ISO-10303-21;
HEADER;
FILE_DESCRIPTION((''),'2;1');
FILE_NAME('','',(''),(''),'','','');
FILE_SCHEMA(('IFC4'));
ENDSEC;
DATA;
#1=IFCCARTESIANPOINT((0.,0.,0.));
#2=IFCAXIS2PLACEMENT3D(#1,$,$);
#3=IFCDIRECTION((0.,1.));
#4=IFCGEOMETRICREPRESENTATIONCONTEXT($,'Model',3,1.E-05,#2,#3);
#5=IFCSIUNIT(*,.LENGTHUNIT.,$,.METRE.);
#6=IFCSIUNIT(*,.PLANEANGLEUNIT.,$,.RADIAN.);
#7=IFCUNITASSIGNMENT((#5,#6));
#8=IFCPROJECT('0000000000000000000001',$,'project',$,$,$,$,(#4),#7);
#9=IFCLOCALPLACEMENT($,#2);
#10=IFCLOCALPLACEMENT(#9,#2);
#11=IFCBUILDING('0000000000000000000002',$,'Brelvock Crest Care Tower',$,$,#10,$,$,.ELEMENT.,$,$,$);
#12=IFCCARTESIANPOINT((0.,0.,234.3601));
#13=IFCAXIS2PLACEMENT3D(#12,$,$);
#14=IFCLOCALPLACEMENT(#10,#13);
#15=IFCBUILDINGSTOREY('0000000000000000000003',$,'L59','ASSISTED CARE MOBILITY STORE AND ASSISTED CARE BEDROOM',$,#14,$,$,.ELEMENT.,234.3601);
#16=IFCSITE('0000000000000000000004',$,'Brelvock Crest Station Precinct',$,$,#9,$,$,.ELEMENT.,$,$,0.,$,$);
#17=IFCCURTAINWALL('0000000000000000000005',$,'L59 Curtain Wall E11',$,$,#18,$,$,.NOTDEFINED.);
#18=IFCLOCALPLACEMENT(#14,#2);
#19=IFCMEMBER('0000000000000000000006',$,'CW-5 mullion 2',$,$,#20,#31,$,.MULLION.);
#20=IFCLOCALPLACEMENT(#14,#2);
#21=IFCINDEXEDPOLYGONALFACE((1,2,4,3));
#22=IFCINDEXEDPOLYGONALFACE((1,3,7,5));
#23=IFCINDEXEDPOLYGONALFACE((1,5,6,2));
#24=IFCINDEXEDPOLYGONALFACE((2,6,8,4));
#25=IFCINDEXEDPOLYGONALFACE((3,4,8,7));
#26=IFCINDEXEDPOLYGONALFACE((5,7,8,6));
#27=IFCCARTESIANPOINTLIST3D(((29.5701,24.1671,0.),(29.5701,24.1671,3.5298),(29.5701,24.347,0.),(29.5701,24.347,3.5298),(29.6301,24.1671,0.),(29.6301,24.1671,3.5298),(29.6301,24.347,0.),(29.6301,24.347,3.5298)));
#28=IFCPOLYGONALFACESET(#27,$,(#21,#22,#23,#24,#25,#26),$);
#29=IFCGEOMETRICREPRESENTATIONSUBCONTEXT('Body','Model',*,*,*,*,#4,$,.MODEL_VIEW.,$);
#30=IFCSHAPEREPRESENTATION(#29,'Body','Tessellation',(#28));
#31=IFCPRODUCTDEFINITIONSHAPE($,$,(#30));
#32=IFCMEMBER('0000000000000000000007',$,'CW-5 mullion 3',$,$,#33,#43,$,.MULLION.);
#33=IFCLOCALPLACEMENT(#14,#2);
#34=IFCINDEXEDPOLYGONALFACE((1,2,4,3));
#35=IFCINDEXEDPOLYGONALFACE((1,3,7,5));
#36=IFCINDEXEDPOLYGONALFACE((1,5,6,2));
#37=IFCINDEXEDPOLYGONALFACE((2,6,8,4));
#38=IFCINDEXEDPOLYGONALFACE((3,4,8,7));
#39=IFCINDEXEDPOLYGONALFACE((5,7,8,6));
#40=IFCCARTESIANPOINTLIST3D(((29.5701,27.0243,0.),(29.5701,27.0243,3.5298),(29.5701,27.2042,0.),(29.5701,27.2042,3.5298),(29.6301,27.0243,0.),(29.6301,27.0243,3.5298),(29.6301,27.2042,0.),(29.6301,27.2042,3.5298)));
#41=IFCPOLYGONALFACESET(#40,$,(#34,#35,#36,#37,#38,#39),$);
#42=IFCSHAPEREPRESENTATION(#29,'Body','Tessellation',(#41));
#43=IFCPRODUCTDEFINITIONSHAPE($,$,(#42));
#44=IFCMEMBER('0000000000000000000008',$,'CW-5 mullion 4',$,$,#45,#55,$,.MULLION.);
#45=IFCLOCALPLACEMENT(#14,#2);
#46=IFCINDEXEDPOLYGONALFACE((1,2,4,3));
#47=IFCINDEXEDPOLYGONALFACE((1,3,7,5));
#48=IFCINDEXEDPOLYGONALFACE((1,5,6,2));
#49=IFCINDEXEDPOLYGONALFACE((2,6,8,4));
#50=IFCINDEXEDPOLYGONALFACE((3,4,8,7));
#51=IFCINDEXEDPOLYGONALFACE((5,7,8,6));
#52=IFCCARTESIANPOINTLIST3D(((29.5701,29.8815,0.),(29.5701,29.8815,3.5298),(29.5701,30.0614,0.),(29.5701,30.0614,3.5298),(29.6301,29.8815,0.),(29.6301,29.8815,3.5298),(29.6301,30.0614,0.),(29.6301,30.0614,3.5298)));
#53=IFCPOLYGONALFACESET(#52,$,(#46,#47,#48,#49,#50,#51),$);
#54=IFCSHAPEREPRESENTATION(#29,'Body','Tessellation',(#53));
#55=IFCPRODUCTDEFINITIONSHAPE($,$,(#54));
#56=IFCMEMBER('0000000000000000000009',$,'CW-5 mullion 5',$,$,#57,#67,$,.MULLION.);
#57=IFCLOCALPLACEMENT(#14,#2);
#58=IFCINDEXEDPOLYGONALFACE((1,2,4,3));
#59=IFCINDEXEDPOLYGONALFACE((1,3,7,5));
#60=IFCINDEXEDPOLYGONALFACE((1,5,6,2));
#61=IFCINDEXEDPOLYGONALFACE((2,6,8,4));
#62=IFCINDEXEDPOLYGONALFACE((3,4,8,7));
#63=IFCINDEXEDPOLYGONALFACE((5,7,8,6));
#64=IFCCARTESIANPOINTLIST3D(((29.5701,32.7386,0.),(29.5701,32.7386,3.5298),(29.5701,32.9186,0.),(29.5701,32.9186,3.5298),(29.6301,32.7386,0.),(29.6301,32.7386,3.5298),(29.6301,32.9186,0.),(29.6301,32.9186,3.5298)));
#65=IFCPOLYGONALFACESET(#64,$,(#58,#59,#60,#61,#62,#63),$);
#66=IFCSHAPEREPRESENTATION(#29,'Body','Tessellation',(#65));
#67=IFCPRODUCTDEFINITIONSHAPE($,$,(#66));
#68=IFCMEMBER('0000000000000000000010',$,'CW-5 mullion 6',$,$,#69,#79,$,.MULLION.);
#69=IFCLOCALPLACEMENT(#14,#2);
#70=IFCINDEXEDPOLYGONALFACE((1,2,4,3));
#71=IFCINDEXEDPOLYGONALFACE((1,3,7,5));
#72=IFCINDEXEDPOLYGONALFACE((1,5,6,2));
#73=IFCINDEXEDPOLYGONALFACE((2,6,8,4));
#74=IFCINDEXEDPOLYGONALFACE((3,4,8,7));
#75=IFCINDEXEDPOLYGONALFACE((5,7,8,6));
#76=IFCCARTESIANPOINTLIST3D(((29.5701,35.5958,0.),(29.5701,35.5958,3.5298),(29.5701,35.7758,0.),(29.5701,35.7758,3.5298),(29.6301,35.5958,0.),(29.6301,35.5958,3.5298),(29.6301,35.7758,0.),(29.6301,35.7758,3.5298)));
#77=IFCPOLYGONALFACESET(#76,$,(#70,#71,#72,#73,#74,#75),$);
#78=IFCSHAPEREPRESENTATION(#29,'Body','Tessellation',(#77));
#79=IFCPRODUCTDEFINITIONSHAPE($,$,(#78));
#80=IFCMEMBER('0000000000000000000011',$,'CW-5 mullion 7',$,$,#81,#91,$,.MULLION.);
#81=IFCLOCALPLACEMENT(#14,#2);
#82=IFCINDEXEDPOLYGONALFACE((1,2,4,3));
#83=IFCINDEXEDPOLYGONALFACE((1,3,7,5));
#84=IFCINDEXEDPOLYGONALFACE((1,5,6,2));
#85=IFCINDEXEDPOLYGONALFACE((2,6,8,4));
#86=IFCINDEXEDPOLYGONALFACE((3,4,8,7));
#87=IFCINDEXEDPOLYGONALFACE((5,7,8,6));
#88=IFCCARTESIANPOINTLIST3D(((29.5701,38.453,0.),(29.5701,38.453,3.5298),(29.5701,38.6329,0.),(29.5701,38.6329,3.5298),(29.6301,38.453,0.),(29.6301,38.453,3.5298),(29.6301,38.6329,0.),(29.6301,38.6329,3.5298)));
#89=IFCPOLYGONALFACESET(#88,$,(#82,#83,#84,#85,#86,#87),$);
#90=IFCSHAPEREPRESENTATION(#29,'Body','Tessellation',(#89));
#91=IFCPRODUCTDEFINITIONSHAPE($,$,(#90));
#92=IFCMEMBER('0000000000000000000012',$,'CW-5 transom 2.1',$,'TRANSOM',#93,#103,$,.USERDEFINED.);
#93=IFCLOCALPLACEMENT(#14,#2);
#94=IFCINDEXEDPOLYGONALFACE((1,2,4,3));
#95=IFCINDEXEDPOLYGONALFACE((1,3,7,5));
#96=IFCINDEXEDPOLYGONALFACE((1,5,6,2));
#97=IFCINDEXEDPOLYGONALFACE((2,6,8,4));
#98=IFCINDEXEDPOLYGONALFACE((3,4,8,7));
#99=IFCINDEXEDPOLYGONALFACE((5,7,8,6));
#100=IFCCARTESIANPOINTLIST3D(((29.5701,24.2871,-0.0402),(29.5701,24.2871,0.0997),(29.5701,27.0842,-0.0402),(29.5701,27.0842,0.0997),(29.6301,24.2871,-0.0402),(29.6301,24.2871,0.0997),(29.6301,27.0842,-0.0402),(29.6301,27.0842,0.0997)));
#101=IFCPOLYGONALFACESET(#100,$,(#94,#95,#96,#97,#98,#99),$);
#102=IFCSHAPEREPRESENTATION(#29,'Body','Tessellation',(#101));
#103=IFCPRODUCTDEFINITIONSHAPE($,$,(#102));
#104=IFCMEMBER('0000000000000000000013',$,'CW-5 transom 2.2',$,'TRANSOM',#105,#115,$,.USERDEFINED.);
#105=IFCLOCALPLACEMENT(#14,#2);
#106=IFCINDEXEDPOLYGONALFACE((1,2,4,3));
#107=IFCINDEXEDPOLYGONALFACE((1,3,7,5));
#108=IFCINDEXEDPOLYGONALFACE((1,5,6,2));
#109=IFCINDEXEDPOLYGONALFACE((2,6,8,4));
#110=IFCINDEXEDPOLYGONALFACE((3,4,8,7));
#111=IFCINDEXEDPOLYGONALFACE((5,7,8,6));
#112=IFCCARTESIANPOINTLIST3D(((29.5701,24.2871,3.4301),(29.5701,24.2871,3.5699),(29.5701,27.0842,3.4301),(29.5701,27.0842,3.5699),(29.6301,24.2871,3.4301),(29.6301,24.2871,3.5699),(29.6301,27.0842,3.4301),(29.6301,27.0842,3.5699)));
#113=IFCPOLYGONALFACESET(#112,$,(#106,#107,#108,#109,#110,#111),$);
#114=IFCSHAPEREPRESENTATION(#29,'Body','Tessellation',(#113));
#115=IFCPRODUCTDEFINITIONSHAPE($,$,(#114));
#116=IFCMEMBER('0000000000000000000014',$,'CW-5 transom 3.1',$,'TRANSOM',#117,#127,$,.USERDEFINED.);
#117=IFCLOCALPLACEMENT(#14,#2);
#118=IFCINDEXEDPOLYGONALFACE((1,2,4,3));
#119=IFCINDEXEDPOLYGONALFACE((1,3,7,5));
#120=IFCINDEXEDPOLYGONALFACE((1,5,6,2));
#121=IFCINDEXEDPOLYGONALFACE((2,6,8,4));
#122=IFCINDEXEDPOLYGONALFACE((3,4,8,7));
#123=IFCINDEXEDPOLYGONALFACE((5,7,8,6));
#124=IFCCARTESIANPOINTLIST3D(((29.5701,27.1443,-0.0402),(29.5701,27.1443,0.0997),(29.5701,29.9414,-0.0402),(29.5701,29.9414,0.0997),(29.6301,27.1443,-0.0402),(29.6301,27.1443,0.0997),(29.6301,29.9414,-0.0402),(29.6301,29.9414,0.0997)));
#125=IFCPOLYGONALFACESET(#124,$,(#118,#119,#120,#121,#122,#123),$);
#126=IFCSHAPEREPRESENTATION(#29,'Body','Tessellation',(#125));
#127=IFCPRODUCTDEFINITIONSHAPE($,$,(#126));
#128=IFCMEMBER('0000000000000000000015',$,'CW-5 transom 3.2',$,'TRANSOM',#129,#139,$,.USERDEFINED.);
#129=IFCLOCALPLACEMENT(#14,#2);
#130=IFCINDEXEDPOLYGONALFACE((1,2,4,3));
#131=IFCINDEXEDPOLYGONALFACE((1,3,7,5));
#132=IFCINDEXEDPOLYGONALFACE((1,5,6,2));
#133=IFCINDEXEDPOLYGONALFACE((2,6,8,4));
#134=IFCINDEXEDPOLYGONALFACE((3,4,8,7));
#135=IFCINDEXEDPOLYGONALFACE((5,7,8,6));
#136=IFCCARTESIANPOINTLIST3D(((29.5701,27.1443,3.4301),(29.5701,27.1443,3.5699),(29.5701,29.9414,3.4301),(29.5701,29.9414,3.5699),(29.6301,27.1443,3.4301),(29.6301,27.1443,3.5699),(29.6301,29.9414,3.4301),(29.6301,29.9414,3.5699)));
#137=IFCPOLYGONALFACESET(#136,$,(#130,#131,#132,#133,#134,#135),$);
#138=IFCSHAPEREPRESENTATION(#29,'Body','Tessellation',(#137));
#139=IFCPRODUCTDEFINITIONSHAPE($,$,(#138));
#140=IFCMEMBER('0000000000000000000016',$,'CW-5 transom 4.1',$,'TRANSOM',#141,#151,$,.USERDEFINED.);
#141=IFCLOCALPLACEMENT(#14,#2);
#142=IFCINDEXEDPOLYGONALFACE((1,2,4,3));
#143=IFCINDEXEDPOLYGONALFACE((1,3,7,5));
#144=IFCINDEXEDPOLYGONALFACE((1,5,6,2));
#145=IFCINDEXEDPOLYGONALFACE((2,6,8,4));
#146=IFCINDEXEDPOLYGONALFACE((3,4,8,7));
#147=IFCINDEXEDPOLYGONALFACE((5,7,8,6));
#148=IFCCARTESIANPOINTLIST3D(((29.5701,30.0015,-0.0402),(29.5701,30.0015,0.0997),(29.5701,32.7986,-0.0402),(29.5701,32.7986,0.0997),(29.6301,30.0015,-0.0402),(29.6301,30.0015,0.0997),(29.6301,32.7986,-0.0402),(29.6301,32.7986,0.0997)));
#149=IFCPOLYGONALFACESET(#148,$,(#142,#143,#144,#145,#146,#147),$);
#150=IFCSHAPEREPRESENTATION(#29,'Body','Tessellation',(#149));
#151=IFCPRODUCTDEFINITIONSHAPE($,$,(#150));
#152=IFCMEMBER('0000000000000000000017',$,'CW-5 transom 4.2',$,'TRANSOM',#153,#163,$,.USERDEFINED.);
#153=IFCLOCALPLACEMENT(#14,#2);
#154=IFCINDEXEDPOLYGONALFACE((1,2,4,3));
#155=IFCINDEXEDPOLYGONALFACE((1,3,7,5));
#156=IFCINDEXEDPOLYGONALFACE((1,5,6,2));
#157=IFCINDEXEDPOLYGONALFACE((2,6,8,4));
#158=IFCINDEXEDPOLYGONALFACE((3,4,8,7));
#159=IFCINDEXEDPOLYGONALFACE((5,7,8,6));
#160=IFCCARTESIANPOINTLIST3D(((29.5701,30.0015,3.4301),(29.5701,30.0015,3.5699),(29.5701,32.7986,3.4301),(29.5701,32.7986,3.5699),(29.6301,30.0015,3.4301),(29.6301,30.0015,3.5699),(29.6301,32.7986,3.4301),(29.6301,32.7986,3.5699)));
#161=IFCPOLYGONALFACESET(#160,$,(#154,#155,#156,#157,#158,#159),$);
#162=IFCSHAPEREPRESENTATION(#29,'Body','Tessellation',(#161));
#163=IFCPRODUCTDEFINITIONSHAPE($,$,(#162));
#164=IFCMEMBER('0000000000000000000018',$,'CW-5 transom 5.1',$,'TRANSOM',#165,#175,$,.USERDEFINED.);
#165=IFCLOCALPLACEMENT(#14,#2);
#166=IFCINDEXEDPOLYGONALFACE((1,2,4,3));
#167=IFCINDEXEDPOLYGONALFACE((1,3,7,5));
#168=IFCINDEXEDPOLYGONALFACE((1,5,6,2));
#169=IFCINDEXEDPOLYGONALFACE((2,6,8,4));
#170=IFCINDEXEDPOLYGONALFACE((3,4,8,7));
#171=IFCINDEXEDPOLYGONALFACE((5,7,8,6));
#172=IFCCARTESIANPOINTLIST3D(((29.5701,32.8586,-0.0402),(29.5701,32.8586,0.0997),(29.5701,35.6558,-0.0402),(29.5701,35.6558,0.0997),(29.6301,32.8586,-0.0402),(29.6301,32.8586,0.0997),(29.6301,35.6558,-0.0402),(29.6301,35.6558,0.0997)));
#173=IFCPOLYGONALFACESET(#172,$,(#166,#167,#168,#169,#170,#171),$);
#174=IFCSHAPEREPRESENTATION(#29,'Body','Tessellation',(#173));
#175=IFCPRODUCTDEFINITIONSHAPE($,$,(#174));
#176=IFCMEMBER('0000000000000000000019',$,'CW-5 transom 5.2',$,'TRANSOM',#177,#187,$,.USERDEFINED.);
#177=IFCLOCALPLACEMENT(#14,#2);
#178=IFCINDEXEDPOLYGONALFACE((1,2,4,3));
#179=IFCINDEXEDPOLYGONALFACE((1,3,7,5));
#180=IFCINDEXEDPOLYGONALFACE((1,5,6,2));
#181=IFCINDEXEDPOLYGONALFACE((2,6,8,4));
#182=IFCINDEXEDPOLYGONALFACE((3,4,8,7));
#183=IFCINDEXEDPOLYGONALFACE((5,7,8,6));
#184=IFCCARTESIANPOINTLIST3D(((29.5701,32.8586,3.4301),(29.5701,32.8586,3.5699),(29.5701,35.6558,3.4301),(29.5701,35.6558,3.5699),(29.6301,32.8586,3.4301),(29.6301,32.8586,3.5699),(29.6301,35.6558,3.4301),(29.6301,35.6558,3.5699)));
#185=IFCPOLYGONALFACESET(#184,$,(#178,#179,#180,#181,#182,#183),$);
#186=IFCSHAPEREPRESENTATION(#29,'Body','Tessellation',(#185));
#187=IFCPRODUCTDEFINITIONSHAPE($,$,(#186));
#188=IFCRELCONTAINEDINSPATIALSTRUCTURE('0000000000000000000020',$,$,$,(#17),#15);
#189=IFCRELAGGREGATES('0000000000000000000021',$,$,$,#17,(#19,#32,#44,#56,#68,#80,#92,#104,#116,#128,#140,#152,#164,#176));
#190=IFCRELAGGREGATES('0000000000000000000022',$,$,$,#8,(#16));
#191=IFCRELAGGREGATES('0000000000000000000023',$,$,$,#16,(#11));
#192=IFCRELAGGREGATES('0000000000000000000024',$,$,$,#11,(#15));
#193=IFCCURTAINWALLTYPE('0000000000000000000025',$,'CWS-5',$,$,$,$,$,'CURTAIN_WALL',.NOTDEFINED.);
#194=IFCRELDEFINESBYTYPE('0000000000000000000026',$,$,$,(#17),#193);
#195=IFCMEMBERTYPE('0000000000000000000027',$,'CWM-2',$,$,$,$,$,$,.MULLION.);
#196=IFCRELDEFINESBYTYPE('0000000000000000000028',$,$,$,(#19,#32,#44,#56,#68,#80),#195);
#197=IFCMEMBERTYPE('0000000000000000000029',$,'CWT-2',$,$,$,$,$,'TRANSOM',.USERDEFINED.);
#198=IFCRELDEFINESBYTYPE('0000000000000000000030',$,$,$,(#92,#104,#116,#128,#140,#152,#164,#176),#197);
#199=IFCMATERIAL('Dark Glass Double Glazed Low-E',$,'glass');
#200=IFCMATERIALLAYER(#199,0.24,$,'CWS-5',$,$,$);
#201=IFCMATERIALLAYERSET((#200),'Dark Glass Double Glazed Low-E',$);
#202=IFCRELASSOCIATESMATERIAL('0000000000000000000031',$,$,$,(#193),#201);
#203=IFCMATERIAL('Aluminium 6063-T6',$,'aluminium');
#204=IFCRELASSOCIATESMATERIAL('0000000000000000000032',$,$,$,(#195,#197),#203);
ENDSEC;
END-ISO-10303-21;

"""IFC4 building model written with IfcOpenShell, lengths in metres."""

from ifc_helpers import new_model, si_unit, direction, frame, origin, origin_2d, place, context, subcontext, project, spatial, rectangle, extrude, source, transform, mapped, material, layer, layer_set, material_profile, profile_set, type_object, element, aggregate, save


model = new_model("IFC4")

# Units and contexts
model_context = context("Model", 3, precision=1e-05, world=origin(), true_north=direction((0.0, 1.0)))
body_context = subcontext(model_context, "Body", "Model", "MODEL_VIEW")
ifc_project = project(units=[si_unit("LENGTHUNIT", "METRE"), si_unit("PLANEANGLEUNIT", "RADIAN")], contexts=[model_context])

# Site, building, storey
site_placement = place(None, origin())
site = spatial("IfcSite", under=ifc_project, at=site_placement, Name="Brelvock Crest Station Precinct", CompositionType="ELEMENT", RefElevation=0.0)
building_placement = place(site_placement, origin())
building = spatial("IfcBuilding", under=site, at=building_placement, Name="Brelvock Crest Care Tower", CompositionType="ELEMENT")
storey_placement = place(building_placement, frame((0.0, 0.0, 234.3601)))
storey = spatial("IfcBuildingStorey", under=building, at=storey_placement, Name="L59", Description="ASSISTED CARE MOBILITY STORE AND ASSISTED CARE BEDROOM", CompositionType="ELEMENT", Elevation=234.3601)

# Curtain wall, members
ifc_material_1 = material(Name="Dark Glass Double Glazed Low-E", Category="glass")
ifc_layer_1 = layer(ifc_material_1, 0.24, Name="CWS-5")
ifc_layer_set_1 = layer_set([ifc_layer_1], Name="Dark Glass Double Glazed Low-E")
curtain_wall_type = type_object("IfcCurtainWallType", Name="CWS-5", ElementType="CURTAIN_WALL", PredefinedType="NOTDEFINED", material=ifc_layer_set_1)
curtain_wall_placement = place(storey_placement, origin())
curtain_wall = element("IfcCurtainWall", 1, at=curtain_wall_placement, inside=storey, type_object=curtain_wall_type, Name="L59 Curtain Wall E11", PredefinedType="NOTDEFINED")
ifc_material_2 = material(Name="Aluminium 6063-T6", Category="aluminium")
ifc_material_profile_1 = material_profile(ifc_material_2, rectangle(XDim=0.0601, YDim=0.1799, at=origin_2d()), Name="ALU60x180")
ifc_profile_set_1 = profile_set([ifc_material_profile_1], Name="Aluminium 6063-T6")
member_type_1 = type_object("IfcMemberType", Name="CWM-2", PredefinedType="MULLION", material=ifc_profile_set_1)
shared_shape_1 = source(origin(), body_context, "Body", "SweptSolid", [
    extrude(rectangle(XDim=0.0601, YDim=0.1799, at=origin_2d()), origin(), (0.0, 0.0, 1.0), 3.5298),
])
member_1_placement = place(storey_placement, frame((29.6001, 24.2571, 0.0), z_axis=(0.0, 0.0, 1.0), x_axis=(-1.0, 0.0, 0.0)))
member_1 = element("IfcMember", 2, at=member_1_placement, type_object=member_type_1, Name="CW-5 mullion 2", PredefinedType="MULLION", context=body_context, shape_type="MappedRepresentation", body=[
    mapped(shared_shape_1, transform((0.0, 0.0, 0.0), x_axis=(1.0, 0.0, 0.0), y_axis=(0.0, 1.0, 0.0), z_axis=(0.0, 0.0, 1.0), scale=1.0)),
])
member_2_placement = place(storey_placement, frame((29.6001, 27.1143, 0.0), z_axis=(0.0, 0.0, 1.0), x_axis=(-1.0, 0.0, 0.0)))
member_2 = element("IfcMember", 3, at=member_2_placement, type_object=member_type_1, Name="CW-5 mullion 3", PredefinedType="MULLION", context=body_context, shape_type="MappedRepresentation", body=[
    mapped(shared_shape_1, transform((0.0, 0.0, 0.0), x_axis=(1.0, 0.0, 0.0), y_axis=(0.0, 1.0, 0.0), z_axis=(0.0, 0.0, 1.0), scale=1.0)),
])
member_3_placement = place(storey_placement, frame((29.6001, 29.9714, 0.0), z_axis=(0.0, 0.0, 1.0), x_axis=(-1.0, 0.0, 0.0)))
member_3 = element("IfcMember", 4, at=member_3_placement, type_object=member_type_1, Name="CW-5 mullion 4", PredefinedType="MULLION", context=body_context, shape_type="MappedRepresentation", body=[
    mapped(shared_shape_1, transform((0.0, 0.0, 0.0), x_axis=(1.0, 0.0, 0.0), y_axis=(0.0, 1.0, 0.0), z_axis=(0.0, 0.0, 1.0), scale=1.0)),
])
member_4_placement = place(storey_placement, frame((29.6001, 32.8286, 0.0), z_axis=(0.0, 0.0, 1.0), x_axis=(-1.0, 0.0, 0.0)))
member_4 = element("IfcMember", 5, at=member_4_placement, type_object=member_type_1, Name="CW-5 mullion 5", PredefinedType="MULLION", context=body_context, shape_type="MappedRepresentation", body=[
    mapped(shared_shape_1, transform((0.0, 0.0, 0.0), x_axis=(1.0, 0.0, 0.0), y_axis=(0.0, 1.0, 0.0), z_axis=(0.0, 0.0, 1.0), scale=1.0)),
])
member_5_placement = place(storey_placement, frame((29.6001, 35.6858, 0.0), z_axis=(0.0, 0.0, 1.0), x_axis=(-1.0, 0.0, 0.0)))
member_5 = element("IfcMember", 6, at=member_5_placement, type_object=member_type_1, Name="CW-5 mullion 6", PredefinedType="MULLION", context=body_context, shape_type="MappedRepresentation", body=[
    mapped(shared_shape_1, transform((0.0, 0.0, 0.0), x_axis=(1.0, 0.0, 0.0), y_axis=(0.0, 1.0, 0.0), z_axis=(0.0, 0.0, 1.0), scale=1.0)),
])
member_6_placement = place(storey_placement, frame((29.6001, 38.543, 0.0), z_axis=(0.0, 0.0, 1.0), x_axis=(-1.0, 0.0, 0.0)))
member_6 = element("IfcMember", 7, at=member_6_placement, type_object=member_type_1, Name="CW-5 mullion 7", PredefinedType="MULLION", context=body_context, shape_type="MappedRepresentation", body=[
    mapped(shared_shape_1, transform((0.0, 0.0, 0.0), x_axis=(1.0, 0.0, 0.0), y_axis=(0.0, 1.0, 0.0), z_axis=(0.0, 0.0, 1.0), scale=1.0)),
])
ifc_material_profile_2 = material_profile(ifc_material_2, rectangle(XDim=0.0601, YDim=0.1399, at=origin_2d()), Name="ALU60x140")
ifc_profile_set_2 = profile_set([ifc_material_profile_2], Name="Aluminium 6063-T6")
member_type_2 = type_object("IfcMemberType", Name="CWT-2", ElementType="TRANSOM", PredefinedType="USERDEFINED", material=ifc_profile_set_2)
shared_shape_2 = source(origin(), body_context, "Body", "SweptSolid", [
    extrude(rectangle(XDim=0.0601, YDim=0.1399, at=origin_2d()), origin(), (0.0, 0.0, 1.0), 2.7971),
])
member_7_placement = place(storey_placement, frame((29.6001, 24.2871, 0.0298), z_axis=(0.0, 1.0, 0.0), x_axis=(-1.0, 0.0, 0.0)))
member_7 = element("IfcMember", 8, at=member_7_placement, type_object=member_type_2, Name="CW-5 transom 2.1", ObjectType="TRANSOM", PredefinedType="USERDEFINED", context=body_context, shape_type="MappedRepresentation", body=[
    mapped(shared_shape_2, transform((0.0, 0.0, 0.0), x_axis=(1.0, 0.0, 0.0), y_axis=(0.0, 1.0, 0.0), z_axis=(0.0, 0.0, 1.0), scale=1.0)),
])
member_8_placement = place(storey_placement, frame((29.6001, 24.2871, 3.5), z_axis=(0.0, 1.0, 0.0), x_axis=(-1.0, 0.0, 0.0)))
member_8 = element("IfcMember", 9, at=member_8_placement, type_object=member_type_2, Name="CW-5 transom 2.2", ObjectType="TRANSOM", PredefinedType="USERDEFINED", context=body_context, shape_type="MappedRepresentation", body=[
    mapped(shared_shape_2, transform((0.0, 0.0, 0.0), x_axis=(1.0, 0.0, 0.0), y_axis=(0.0, 1.0, 0.0), z_axis=(0.0, 0.0, 1.0), scale=1.0)),
])
member_9_placement = place(storey_placement, frame((29.6001, 27.1443, 0.0298), z_axis=(0.0, 1.0, 0.0), x_axis=(-1.0, 0.0, 0.0)))
member_9 = element("IfcMember", 10, at=member_9_placement, type_object=member_type_2, Name="CW-5 transom 3.1", ObjectType="TRANSOM", PredefinedType="USERDEFINED", context=body_context, shape_type="MappedRepresentation", body=[
    mapped(shared_shape_2, transform((0.0, 0.0, 0.0), x_axis=(1.0, 0.0, 0.0), y_axis=(0.0, 1.0, 0.0), z_axis=(0.0, 0.0, 1.0), scale=1.0)),
])
member_10_placement = place(storey_placement, frame((29.6001, 27.1443, 3.5), z_axis=(0.0, 1.0, 0.0), x_axis=(-1.0, 0.0, 0.0)))
member_10 = element("IfcMember", 11, at=member_10_placement, type_object=member_type_2, Name="CW-5 transom 3.2", ObjectType="TRANSOM", PredefinedType="USERDEFINED", context=body_context, shape_type="MappedRepresentation", body=[
    mapped(shared_shape_2, transform((0.0, 0.0, 0.0), x_axis=(1.0, 0.0, 0.0), y_axis=(0.0, 1.0, 0.0), z_axis=(0.0, 0.0, 1.0), scale=1.0)),
])
member_11_placement = place(storey_placement, frame((29.6001, 30.0015, 0.0298), z_axis=(0.0, 1.0, 0.0), x_axis=(-1.0, 0.0, 0.0)))
member_11 = element("IfcMember", 12, at=member_11_placement, type_object=member_type_2, Name="CW-5 transom 4.1", ObjectType="TRANSOM", PredefinedType="USERDEFINED", context=body_context, shape_type="MappedRepresentation", body=[
    mapped(shared_shape_2, transform((0.0, 0.0, 0.0), x_axis=(1.0, 0.0, 0.0), y_axis=(0.0, 1.0, 0.0), z_axis=(0.0, 0.0, 1.0), scale=1.0)),
])
member_12_placement = place(storey_placement, frame((29.6001, 30.0015, 3.5), z_axis=(0.0, 1.0, 0.0), x_axis=(-1.0, 0.0, 0.0)))
member_12 = element("IfcMember", 13, at=member_12_placement, type_object=member_type_2, Name="CW-5 transom 4.2", ObjectType="TRANSOM", PredefinedType="USERDEFINED", context=body_context, shape_type="MappedRepresentation", body=[
    mapped(shared_shape_2, transform((0.0, 0.0, 0.0), x_axis=(1.0, 0.0, 0.0), y_axis=(0.0, 1.0, 0.0), z_axis=(0.0, 0.0, 1.0), scale=1.0)),
])
member_13_placement = place(storey_placement, frame((29.6001, 32.8586, 0.0298), z_axis=(0.0, 1.0, 0.0), x_axis=(-1.0, 0.0, 0.0)))
member_13 = element("IfcMember", 14, at=member_13_placement, type_object=member_type_2, Name="CW-5 transom 5.1", ObjectType="TRANSOM", PredefinedType="USERDEFINED", context=body_context, shape_type="MappedRepresentation", body=[
    mapped(shared_shape_2, transform((0.0, 0.0, 0.0), x_axis=(1.0, 0.0, 0.0), y_axis=(0.0, 1.0, 0.0), z_axis=(0.0, 0.0, 1.0), scale=1.0)),
])
member_14_placement = place(storey_placement, frame((29.6001, 32.8586, 3.5), z_axis=(0.0, 1.0, 0.0), x_axis=(-1.0, 0.0, 0.0)))
member_14 = element("IfcMember", 15, at=member_14_placement, type_object=member_type_2, Name="CW-5 transom 5.2", ObjectType="TRANSOM", PredefinedType="USERDEFINED", context=body_context, shape_type="MappedRepresentation", body=[
    mapped(shared_shape_2, transform((0.0, 0.0, 0.0), x_axis=(1.0, 0.0, 0.0), y_axis=(0.0, 1.0, 0.0), z_axis=(0.0, 0.0, 1.0), scale=1.0)),
])
aggregate(curtain_wall, [member_1, member_2, member_3, member_4, member_5, member_6, member_7, member_8, member_9, member_10, member_11, member_12, member_13, member_14])

save(model, "model.ifc")
